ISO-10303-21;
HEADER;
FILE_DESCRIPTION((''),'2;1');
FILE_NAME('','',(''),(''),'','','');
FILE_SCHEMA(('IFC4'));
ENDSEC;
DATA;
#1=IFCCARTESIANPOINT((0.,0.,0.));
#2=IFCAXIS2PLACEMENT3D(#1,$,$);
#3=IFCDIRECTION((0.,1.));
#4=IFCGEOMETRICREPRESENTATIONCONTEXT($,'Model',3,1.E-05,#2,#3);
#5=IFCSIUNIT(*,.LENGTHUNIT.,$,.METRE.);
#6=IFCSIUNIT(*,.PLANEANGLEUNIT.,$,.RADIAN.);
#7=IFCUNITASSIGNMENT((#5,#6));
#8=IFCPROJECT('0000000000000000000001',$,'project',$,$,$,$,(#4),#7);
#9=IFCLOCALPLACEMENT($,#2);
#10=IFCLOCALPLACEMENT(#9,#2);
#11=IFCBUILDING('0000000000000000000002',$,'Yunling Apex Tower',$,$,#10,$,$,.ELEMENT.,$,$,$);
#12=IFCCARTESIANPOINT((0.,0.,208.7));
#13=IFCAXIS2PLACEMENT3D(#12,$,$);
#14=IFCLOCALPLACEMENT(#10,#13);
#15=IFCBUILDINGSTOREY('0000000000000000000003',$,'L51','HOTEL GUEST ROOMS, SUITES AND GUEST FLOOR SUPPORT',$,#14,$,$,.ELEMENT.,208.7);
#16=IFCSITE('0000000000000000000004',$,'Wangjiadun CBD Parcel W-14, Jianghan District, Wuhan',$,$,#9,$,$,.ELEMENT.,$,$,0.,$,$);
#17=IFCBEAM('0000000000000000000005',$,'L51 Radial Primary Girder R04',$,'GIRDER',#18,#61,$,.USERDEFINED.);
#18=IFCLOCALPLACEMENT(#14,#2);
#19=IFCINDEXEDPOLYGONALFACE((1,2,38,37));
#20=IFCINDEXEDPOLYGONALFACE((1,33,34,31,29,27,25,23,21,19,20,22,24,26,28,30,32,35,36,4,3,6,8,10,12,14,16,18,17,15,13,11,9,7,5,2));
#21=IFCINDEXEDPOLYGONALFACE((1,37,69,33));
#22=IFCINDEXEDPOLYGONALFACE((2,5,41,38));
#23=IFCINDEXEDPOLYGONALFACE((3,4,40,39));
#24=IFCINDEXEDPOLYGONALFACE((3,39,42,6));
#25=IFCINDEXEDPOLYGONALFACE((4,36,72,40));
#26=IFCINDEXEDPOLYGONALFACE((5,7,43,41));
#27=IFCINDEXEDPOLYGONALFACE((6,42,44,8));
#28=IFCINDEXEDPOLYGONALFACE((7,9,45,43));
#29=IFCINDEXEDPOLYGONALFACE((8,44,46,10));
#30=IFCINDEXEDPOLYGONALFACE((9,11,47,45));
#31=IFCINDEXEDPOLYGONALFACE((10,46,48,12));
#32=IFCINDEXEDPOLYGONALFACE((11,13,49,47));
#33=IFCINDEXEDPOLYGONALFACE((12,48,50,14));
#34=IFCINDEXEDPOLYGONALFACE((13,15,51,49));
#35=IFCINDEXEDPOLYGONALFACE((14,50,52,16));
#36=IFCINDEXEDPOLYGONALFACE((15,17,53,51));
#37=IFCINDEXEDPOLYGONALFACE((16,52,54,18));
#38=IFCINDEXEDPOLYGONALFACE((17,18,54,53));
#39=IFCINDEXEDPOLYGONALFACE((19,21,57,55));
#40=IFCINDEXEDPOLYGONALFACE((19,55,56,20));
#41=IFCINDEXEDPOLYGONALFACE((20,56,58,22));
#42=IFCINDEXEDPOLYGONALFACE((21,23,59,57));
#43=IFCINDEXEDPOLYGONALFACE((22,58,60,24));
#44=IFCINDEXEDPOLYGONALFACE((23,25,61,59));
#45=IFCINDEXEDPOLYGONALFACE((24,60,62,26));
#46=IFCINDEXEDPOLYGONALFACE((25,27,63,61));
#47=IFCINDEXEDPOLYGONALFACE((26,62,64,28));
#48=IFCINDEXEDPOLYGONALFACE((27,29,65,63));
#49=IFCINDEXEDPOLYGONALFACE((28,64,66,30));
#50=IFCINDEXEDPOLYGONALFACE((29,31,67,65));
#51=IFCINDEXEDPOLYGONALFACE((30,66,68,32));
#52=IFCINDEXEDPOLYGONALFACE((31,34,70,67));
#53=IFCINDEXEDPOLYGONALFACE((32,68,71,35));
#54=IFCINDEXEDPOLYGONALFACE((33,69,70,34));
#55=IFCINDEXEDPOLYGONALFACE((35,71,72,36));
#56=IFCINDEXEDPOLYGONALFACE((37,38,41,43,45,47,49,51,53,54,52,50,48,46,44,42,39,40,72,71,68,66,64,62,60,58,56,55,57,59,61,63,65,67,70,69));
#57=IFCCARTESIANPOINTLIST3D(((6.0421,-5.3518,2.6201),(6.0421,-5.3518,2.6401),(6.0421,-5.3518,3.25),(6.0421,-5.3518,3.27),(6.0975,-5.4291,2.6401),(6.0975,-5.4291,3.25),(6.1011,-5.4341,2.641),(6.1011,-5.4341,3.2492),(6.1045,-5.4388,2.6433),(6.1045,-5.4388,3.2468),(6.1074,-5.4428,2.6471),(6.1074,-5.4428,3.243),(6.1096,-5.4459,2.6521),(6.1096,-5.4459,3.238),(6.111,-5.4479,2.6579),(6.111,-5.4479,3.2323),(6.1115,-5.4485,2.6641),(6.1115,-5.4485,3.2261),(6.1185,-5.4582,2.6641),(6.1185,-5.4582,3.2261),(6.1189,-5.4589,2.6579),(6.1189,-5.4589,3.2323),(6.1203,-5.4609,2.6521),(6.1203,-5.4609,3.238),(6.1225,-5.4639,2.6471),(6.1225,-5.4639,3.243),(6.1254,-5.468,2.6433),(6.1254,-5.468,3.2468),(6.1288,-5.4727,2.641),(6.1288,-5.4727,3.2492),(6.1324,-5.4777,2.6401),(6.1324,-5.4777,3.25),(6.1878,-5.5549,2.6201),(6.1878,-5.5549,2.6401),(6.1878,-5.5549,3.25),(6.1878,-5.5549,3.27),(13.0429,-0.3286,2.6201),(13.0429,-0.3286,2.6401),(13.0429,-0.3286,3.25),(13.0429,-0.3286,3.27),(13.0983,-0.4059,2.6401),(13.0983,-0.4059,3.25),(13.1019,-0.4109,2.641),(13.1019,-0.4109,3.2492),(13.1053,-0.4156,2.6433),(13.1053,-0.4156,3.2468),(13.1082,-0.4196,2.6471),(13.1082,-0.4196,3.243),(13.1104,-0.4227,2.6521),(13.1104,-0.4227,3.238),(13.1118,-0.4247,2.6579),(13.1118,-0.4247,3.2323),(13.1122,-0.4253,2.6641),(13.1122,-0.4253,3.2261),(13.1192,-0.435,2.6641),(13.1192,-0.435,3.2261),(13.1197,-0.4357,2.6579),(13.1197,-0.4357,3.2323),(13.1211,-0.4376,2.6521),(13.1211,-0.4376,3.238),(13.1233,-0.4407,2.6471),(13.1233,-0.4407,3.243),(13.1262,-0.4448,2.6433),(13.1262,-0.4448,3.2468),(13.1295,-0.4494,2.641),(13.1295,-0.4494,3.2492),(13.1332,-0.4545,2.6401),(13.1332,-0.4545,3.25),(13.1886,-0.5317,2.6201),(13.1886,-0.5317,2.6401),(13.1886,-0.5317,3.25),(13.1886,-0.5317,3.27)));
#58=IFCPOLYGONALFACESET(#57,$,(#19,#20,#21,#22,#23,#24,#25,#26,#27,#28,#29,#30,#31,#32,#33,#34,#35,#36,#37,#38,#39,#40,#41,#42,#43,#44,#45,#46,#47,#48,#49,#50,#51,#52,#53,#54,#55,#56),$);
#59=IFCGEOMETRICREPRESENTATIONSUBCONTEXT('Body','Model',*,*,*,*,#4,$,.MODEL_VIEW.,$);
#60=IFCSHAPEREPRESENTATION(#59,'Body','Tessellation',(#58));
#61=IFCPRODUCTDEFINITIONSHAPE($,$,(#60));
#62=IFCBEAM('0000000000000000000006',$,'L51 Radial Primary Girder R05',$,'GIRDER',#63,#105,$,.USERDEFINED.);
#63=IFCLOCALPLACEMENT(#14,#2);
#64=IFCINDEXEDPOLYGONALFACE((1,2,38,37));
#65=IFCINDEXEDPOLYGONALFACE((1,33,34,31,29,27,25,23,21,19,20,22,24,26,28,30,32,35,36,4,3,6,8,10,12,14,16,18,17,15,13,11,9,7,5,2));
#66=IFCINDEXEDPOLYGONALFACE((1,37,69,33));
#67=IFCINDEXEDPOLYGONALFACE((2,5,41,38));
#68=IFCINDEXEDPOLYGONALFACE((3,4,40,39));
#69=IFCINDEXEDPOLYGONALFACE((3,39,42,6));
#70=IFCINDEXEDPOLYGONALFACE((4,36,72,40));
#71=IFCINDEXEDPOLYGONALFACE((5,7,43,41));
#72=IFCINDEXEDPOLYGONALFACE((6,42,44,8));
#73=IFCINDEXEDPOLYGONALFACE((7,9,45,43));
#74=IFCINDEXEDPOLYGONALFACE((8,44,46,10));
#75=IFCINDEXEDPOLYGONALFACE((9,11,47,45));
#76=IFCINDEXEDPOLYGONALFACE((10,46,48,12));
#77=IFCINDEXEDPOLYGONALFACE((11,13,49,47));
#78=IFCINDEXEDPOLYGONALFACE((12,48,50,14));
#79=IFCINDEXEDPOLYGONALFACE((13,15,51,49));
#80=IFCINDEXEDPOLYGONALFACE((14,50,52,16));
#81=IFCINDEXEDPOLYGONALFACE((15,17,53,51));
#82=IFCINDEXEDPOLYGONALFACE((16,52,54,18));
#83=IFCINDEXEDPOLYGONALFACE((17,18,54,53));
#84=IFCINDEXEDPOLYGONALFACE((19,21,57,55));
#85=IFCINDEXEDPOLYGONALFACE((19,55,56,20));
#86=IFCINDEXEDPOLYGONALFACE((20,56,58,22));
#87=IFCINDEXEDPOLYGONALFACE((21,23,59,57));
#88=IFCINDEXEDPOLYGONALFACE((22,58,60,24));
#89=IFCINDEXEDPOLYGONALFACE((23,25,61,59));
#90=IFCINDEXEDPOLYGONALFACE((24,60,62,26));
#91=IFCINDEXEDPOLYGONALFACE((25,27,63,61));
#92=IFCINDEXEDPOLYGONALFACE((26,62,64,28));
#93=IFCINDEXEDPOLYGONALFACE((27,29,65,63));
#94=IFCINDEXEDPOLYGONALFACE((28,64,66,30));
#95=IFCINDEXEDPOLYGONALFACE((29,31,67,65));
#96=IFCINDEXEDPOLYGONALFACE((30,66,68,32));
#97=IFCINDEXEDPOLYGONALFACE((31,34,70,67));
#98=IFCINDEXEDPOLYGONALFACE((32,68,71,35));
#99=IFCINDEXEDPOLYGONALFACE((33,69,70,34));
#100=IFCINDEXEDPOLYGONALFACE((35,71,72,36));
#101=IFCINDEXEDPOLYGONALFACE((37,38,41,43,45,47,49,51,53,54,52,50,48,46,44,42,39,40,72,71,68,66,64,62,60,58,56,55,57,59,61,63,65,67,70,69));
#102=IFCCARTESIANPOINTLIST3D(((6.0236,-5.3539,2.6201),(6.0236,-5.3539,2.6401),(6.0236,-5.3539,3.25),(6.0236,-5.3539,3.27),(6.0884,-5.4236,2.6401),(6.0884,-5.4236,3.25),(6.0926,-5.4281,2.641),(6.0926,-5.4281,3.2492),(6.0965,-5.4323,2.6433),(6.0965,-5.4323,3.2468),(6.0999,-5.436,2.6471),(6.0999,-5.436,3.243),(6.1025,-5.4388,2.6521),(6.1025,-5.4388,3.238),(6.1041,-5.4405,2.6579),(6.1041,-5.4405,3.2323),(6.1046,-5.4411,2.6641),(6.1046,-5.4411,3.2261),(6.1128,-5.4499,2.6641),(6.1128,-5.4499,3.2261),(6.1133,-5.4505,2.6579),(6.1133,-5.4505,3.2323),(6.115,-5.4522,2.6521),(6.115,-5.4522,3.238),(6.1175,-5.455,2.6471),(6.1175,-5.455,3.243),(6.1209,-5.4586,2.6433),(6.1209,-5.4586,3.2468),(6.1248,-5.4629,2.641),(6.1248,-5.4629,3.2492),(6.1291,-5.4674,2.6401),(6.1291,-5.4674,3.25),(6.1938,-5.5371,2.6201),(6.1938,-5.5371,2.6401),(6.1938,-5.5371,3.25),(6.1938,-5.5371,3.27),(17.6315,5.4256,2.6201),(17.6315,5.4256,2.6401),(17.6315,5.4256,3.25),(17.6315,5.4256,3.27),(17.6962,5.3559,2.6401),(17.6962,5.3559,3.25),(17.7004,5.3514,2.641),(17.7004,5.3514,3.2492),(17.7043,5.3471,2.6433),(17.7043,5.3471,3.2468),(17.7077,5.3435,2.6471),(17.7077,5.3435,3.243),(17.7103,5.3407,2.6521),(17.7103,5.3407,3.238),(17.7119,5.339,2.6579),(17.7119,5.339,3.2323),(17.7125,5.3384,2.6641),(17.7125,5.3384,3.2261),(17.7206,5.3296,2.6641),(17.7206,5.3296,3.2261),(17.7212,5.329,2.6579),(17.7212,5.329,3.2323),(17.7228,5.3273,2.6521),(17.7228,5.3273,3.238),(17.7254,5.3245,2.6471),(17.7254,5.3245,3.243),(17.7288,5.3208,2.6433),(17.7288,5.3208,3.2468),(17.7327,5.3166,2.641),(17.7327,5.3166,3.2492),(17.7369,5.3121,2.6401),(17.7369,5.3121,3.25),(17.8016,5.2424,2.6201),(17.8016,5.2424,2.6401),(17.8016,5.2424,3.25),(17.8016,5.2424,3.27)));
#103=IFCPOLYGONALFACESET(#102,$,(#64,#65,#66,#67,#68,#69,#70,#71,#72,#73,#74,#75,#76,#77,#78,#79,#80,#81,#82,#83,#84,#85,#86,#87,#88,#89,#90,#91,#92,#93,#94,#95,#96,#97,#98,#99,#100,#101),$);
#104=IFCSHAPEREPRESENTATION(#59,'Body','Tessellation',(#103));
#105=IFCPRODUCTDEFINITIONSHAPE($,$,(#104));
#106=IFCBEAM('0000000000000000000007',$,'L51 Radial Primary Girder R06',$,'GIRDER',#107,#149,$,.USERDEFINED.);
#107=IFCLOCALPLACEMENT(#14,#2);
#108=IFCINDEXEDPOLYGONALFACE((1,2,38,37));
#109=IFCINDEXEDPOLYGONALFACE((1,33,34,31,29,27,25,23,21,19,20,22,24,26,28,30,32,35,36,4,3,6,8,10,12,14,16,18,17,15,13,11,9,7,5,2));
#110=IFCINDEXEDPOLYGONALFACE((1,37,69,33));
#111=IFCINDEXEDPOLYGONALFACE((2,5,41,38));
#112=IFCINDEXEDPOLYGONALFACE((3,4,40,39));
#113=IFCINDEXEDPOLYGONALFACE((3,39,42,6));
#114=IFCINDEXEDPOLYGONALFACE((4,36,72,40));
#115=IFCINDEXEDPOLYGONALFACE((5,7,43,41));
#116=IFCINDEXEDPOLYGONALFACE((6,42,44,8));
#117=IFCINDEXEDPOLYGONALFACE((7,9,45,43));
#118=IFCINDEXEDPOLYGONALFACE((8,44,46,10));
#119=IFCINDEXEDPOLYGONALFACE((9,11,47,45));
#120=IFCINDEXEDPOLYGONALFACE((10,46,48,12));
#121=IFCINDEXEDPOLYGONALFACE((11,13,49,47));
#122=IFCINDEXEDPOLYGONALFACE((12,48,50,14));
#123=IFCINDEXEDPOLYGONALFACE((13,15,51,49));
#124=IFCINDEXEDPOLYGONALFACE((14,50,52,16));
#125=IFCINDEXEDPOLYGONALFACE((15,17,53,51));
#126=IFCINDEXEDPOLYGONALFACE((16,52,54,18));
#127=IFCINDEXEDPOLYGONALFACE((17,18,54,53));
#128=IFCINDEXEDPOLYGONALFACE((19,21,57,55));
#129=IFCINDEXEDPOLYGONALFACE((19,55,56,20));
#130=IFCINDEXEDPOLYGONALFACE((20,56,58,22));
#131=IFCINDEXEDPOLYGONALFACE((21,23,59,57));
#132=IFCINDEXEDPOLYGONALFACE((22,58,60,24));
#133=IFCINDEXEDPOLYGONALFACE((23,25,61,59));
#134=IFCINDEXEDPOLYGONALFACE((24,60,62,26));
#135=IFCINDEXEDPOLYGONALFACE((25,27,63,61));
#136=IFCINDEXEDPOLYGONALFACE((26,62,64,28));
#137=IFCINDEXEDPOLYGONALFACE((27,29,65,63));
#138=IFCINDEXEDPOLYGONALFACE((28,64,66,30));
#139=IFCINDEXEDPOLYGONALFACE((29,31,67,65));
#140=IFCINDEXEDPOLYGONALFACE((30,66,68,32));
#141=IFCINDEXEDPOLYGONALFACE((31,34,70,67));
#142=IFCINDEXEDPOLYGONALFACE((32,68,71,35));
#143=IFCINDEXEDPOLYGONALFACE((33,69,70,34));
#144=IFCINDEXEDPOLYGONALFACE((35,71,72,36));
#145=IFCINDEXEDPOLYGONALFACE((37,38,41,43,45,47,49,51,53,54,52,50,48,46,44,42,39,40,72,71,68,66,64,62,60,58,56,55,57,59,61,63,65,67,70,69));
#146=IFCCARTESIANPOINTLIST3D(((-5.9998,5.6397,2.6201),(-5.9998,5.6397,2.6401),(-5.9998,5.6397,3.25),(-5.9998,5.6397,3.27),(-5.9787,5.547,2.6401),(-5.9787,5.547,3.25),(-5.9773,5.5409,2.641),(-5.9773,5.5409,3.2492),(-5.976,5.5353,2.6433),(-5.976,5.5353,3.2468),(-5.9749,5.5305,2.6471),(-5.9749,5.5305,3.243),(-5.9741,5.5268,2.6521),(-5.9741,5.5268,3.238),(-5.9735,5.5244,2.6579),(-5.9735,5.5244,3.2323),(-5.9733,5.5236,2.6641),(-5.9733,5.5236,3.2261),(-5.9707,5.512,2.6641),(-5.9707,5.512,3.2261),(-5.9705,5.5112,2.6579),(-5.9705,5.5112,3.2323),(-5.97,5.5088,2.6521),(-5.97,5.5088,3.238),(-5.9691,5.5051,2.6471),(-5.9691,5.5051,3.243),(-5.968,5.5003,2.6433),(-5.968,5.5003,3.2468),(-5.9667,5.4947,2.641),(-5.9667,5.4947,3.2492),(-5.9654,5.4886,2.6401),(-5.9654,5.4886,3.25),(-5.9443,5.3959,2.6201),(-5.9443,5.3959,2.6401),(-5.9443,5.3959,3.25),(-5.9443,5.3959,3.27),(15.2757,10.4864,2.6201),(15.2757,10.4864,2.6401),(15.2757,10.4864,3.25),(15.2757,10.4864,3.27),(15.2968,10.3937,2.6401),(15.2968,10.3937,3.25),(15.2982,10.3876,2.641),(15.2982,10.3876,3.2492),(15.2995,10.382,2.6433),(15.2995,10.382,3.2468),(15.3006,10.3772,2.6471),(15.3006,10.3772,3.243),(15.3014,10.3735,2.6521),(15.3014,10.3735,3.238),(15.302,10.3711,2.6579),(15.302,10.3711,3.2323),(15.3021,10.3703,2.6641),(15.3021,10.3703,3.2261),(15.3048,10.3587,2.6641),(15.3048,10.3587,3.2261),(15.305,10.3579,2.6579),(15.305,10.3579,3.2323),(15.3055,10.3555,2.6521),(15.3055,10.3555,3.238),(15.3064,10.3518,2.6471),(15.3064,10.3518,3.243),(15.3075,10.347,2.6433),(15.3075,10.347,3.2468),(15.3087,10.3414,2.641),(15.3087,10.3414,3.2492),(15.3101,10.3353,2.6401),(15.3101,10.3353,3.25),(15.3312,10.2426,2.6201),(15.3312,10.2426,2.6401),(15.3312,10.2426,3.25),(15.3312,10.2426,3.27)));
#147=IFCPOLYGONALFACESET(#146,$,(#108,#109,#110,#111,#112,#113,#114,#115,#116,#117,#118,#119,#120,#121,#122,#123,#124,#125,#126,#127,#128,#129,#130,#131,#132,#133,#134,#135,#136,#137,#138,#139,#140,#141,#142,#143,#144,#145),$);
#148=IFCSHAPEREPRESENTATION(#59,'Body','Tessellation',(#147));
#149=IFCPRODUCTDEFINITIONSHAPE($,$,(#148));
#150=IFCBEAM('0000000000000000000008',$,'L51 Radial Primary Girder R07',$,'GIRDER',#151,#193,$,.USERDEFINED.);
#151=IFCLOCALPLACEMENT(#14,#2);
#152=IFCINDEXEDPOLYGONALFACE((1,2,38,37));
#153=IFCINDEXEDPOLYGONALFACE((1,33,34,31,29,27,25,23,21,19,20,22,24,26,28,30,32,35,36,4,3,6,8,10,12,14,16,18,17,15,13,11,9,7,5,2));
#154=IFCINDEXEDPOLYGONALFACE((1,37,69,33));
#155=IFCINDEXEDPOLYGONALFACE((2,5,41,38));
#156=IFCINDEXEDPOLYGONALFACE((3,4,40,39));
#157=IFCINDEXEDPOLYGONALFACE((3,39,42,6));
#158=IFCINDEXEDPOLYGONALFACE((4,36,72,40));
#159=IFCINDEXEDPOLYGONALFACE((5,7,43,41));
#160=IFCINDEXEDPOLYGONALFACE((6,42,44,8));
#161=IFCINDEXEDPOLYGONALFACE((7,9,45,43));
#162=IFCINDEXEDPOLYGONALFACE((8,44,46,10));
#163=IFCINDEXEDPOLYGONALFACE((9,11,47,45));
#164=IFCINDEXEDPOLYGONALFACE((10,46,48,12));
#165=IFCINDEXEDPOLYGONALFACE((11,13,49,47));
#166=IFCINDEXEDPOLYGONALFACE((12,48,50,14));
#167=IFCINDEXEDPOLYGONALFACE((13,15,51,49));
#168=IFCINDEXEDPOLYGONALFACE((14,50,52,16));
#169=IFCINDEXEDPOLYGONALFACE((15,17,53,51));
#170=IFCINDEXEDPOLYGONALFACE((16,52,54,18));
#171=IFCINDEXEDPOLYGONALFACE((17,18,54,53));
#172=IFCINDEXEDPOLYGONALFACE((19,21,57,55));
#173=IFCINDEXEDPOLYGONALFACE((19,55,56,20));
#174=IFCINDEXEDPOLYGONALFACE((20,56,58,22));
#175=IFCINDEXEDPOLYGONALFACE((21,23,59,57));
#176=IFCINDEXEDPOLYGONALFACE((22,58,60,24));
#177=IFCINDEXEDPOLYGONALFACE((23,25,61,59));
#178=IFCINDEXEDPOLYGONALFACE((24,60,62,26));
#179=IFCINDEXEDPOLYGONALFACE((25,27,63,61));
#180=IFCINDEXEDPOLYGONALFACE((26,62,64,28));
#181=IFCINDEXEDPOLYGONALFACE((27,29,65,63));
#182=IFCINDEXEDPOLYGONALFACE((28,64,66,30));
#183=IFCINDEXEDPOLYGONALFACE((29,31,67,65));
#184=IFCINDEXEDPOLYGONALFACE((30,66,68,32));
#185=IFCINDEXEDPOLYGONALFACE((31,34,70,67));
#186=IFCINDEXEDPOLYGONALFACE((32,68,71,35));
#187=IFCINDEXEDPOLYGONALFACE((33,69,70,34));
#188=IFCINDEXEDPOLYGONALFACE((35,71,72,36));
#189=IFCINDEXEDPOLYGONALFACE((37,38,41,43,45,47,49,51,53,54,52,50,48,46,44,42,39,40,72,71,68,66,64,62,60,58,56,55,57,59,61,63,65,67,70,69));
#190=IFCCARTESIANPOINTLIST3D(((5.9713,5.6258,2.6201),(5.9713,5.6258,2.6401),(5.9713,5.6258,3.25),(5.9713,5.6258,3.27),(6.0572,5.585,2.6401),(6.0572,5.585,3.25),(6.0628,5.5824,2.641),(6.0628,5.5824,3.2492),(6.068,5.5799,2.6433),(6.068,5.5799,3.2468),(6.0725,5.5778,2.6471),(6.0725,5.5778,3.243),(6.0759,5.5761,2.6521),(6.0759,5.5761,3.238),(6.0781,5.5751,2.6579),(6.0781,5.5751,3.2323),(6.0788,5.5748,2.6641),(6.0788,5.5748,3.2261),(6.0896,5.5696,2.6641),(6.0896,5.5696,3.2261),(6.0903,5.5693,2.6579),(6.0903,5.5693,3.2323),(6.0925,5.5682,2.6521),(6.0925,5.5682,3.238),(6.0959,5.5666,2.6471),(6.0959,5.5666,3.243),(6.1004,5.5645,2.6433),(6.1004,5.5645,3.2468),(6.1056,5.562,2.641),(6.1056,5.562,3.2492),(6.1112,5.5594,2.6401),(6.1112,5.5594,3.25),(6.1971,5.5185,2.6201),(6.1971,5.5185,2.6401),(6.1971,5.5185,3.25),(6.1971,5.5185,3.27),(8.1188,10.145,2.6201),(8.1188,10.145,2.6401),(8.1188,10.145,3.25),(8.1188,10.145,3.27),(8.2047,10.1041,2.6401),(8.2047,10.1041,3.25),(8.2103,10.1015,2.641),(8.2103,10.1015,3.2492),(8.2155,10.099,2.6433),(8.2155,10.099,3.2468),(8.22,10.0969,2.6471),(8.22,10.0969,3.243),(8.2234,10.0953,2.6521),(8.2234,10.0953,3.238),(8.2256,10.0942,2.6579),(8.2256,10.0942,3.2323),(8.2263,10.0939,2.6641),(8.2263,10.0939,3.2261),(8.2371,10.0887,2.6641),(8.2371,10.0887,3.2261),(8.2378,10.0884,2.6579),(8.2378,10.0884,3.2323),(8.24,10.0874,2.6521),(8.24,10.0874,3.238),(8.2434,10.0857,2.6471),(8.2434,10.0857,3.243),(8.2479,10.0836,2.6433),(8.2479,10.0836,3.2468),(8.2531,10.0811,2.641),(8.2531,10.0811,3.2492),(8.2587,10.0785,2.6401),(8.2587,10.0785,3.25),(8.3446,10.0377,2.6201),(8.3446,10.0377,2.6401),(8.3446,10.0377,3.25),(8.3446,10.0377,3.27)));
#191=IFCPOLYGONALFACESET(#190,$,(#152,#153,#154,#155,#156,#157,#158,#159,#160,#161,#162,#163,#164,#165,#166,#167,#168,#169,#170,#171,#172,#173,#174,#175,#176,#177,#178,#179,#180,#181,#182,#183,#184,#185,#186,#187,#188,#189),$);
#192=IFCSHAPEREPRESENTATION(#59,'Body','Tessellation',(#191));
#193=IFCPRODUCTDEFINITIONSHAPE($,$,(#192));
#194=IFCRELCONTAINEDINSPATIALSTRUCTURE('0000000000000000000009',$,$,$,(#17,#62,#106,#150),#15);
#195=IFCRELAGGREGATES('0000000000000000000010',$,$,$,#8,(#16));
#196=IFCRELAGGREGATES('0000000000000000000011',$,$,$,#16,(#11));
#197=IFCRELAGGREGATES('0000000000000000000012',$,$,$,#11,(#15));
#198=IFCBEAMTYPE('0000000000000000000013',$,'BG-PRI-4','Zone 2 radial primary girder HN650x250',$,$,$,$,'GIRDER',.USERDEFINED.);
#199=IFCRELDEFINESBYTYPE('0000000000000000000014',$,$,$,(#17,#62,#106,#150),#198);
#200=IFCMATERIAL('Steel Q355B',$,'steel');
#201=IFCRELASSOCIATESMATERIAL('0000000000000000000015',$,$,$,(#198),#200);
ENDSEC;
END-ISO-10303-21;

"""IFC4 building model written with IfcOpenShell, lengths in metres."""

from ifc_helpers import new_model, si_unit, direction, frame, origin, origin_2d, place, context, subcontext, project, spatial, i_section, extrude, source, transform, mapped, material, material_profile, profile_set, type_object, element, save


model = new_model("IFC4")

# Units and contexts
model_context = context("Model", 3, precision=1e-05, world=origin(), true_north=direction((0.0, 1.0)))
body_context = subcontext(model_context, "Body", "Model", "MODEL_VIEW")
ifc_project = project(units=[si_unit("LENGTHUNIT", "METRE"), si_unit("PLANEANGLEUNIT", "RADIAN")], contexts=[model_context])

# Site, building, storey
site_placement = place(None, origin())
site = spatial("IfcSite", under=ifc_project, at=site_placement, Name="Wangjiadun CBD Parcel W-14, Jianghan District, Wuhan", CompositionType="ELEMENT", RefElevation=0.0)
building_placement = place(site_placement, origin())
building = spatial("IfcBuilding", under=site, at=building_placement, Name="Yunling Apex Tower", CompositionType="ELEMENT")
storey_placement = place(building_placement, frame((0.0, 0.0, 208.7)))
storey = spatial("IfcBuildingStorey", under=building, at=storey_placement, Name="L51", Description="HOTEL GUEST ROOMS, SUITES AND GUEST FLOOR SUPPORT", CompositionType="ELEMENT", Elevation=208.7)

# Beams
ifc_material_1 = material(Name="Steel Q355B", Category="steel")
ifc_material_profile_1 = material_profile(ifc_material_1, i_section(OverallWidth=0.25, OverallDepth=0.6499, WebThickness=0.012, FlangeThickness=0.02, FilletRadius=0.0239, at=origin_2d()))
ifc_profile_set_1 = profile_set([ifc_material_profile_1], Name="Steel Q355B")
beam_type_1 = type_object("IfcBeamType", Name="BG-PRI-4", Description="Zone 2 radial primary girder HN650x250", ElementType="GIRDER", PredefinedType="USERDEFINED", material=ifc_profile_set_1)
shared_shape_1 = source(origin(), body_context, "Body", "SweptSolid", [
    extrude(i_section(OverallWidth=0.25, OverallDepth=0.6499, WebThickness=0.012, FlangeThickness=0.02, FilletRadius=0.0239, at=origin_2d()), origin(), (0.0, 0.0, 1.0), 8.6165),
])
beam_1_placement = place(storey_placement, frame((13.1157, -0.4302, 2.9451), z_axis=(-0.812487, -0.582979, 0.0), x_axis=(0.582979, -0.812487, 0.0)))
element("IfcBeam", 1, at=beam_1_placement, inside=storey, type_object=beam_type_1, Name="L51 Radial Primary Girder R04", ObjectType="GIRDER", PredefinedType="USERDEFINED", context=body_context, shape_type="MappedRepresentation", body=[
    mapped(shared_shape_1, transform((0.0, 0.0, 0.0), scale=1.0)),
])
shared_shape_2 = source(origin(), body_context, "Body", "SweptSolid", [
    extrude(i_section(OverallWidth=0.25, OverallDepth=0.6499, WebThickness=0.012, FlangeThickness=0.02, FilletRadius=0.0239, at=origin_2d()), origin(), (0.0, 0.0, 1.0), 15.8411),
])
beam_2_placement = place(storey_placement, frame((17.7166, 5.334, 2.9451), z_axis=(-0.732769, -0.680477, 0.0), x_axis=(0.680477, -0.732769, 0.0)))
element("IfcBeam", 2, at=beam_2_placement, inside=storey, type_object=beam_type_1, Name="L51 Radial Primary Girder R05", ObjectType="GIRDER", PredefinedType="USERDEFINED", context=body_context, shape_type="MappedRepresentation", body=[
    mapped(shared_shape_2, transform((0.0, 0.0, 0.0), scale=1.0)),
])
shared_shape_3 = source(origin(), body_context, "Body", "SweptSolid", [
    extrude(i_section(OverallWidth=0.25, OverallDepth=0.6499, WebThickness=0.012, FlangeThickness=0.02, FilletRadius=0.0239, at=origin_2d()), origin(), (0.0, 0.0, 1.0), 21.8206),
])
beam_3_placement = place(storey_placement, frame((15.3035, 10.3645, 2.9451), z_axis=(-0.97502, -0.222116, 0.0), x_axis=(0.222116, -0.97502, 0.0)))
element("IfcBeam", 3, at=beam_3_placement, inside=storey, type_object=beam_type_1, Name="L51 Radial Primary Girder R06", ObjectType="GIRDER", PredefinedType="USERDEFINED", context=body_context, shape_type="MappedRepresentation", body=[
    mapped(shared_shape_3, transform((0.0, 0.0, 0.0), scale=1.0)),
])
shared_shape_4 = source(origin(), body_context, "Body", "SweptSolid", [
    extrude(i_section(OverallWidth=0.25, OverallDepth=0.6499, WebThickness=0.012, FlangeThickness=0.02, FilletRadius=0.0239, at=origin_2d()), origin(), (0.0, 0.0, 1.0), 5.0034),
])
beam_4_placement = place(storey_placement, frame((8.2317, 10.0913, 2.9451), z_axis=(-0.429206, -0.903207, 0.0), x_axis=(0.903207, -0.429206, 0.0)))
element("IfcBeam", 4, at=beam_4_placement, inside=storey, type_object=beam_type_1, Name="L51 Radial Primary Girder R07", ObjectType="GIRDER", PredefinedType="USERDEFINED", context=body_context, shape_type="MappedRepresentation", body=[
    mapped(shared_shape_4, transform((0.0, 0.0, 0.0), scale=1.0)),
])

save(model, "model.ifc")
